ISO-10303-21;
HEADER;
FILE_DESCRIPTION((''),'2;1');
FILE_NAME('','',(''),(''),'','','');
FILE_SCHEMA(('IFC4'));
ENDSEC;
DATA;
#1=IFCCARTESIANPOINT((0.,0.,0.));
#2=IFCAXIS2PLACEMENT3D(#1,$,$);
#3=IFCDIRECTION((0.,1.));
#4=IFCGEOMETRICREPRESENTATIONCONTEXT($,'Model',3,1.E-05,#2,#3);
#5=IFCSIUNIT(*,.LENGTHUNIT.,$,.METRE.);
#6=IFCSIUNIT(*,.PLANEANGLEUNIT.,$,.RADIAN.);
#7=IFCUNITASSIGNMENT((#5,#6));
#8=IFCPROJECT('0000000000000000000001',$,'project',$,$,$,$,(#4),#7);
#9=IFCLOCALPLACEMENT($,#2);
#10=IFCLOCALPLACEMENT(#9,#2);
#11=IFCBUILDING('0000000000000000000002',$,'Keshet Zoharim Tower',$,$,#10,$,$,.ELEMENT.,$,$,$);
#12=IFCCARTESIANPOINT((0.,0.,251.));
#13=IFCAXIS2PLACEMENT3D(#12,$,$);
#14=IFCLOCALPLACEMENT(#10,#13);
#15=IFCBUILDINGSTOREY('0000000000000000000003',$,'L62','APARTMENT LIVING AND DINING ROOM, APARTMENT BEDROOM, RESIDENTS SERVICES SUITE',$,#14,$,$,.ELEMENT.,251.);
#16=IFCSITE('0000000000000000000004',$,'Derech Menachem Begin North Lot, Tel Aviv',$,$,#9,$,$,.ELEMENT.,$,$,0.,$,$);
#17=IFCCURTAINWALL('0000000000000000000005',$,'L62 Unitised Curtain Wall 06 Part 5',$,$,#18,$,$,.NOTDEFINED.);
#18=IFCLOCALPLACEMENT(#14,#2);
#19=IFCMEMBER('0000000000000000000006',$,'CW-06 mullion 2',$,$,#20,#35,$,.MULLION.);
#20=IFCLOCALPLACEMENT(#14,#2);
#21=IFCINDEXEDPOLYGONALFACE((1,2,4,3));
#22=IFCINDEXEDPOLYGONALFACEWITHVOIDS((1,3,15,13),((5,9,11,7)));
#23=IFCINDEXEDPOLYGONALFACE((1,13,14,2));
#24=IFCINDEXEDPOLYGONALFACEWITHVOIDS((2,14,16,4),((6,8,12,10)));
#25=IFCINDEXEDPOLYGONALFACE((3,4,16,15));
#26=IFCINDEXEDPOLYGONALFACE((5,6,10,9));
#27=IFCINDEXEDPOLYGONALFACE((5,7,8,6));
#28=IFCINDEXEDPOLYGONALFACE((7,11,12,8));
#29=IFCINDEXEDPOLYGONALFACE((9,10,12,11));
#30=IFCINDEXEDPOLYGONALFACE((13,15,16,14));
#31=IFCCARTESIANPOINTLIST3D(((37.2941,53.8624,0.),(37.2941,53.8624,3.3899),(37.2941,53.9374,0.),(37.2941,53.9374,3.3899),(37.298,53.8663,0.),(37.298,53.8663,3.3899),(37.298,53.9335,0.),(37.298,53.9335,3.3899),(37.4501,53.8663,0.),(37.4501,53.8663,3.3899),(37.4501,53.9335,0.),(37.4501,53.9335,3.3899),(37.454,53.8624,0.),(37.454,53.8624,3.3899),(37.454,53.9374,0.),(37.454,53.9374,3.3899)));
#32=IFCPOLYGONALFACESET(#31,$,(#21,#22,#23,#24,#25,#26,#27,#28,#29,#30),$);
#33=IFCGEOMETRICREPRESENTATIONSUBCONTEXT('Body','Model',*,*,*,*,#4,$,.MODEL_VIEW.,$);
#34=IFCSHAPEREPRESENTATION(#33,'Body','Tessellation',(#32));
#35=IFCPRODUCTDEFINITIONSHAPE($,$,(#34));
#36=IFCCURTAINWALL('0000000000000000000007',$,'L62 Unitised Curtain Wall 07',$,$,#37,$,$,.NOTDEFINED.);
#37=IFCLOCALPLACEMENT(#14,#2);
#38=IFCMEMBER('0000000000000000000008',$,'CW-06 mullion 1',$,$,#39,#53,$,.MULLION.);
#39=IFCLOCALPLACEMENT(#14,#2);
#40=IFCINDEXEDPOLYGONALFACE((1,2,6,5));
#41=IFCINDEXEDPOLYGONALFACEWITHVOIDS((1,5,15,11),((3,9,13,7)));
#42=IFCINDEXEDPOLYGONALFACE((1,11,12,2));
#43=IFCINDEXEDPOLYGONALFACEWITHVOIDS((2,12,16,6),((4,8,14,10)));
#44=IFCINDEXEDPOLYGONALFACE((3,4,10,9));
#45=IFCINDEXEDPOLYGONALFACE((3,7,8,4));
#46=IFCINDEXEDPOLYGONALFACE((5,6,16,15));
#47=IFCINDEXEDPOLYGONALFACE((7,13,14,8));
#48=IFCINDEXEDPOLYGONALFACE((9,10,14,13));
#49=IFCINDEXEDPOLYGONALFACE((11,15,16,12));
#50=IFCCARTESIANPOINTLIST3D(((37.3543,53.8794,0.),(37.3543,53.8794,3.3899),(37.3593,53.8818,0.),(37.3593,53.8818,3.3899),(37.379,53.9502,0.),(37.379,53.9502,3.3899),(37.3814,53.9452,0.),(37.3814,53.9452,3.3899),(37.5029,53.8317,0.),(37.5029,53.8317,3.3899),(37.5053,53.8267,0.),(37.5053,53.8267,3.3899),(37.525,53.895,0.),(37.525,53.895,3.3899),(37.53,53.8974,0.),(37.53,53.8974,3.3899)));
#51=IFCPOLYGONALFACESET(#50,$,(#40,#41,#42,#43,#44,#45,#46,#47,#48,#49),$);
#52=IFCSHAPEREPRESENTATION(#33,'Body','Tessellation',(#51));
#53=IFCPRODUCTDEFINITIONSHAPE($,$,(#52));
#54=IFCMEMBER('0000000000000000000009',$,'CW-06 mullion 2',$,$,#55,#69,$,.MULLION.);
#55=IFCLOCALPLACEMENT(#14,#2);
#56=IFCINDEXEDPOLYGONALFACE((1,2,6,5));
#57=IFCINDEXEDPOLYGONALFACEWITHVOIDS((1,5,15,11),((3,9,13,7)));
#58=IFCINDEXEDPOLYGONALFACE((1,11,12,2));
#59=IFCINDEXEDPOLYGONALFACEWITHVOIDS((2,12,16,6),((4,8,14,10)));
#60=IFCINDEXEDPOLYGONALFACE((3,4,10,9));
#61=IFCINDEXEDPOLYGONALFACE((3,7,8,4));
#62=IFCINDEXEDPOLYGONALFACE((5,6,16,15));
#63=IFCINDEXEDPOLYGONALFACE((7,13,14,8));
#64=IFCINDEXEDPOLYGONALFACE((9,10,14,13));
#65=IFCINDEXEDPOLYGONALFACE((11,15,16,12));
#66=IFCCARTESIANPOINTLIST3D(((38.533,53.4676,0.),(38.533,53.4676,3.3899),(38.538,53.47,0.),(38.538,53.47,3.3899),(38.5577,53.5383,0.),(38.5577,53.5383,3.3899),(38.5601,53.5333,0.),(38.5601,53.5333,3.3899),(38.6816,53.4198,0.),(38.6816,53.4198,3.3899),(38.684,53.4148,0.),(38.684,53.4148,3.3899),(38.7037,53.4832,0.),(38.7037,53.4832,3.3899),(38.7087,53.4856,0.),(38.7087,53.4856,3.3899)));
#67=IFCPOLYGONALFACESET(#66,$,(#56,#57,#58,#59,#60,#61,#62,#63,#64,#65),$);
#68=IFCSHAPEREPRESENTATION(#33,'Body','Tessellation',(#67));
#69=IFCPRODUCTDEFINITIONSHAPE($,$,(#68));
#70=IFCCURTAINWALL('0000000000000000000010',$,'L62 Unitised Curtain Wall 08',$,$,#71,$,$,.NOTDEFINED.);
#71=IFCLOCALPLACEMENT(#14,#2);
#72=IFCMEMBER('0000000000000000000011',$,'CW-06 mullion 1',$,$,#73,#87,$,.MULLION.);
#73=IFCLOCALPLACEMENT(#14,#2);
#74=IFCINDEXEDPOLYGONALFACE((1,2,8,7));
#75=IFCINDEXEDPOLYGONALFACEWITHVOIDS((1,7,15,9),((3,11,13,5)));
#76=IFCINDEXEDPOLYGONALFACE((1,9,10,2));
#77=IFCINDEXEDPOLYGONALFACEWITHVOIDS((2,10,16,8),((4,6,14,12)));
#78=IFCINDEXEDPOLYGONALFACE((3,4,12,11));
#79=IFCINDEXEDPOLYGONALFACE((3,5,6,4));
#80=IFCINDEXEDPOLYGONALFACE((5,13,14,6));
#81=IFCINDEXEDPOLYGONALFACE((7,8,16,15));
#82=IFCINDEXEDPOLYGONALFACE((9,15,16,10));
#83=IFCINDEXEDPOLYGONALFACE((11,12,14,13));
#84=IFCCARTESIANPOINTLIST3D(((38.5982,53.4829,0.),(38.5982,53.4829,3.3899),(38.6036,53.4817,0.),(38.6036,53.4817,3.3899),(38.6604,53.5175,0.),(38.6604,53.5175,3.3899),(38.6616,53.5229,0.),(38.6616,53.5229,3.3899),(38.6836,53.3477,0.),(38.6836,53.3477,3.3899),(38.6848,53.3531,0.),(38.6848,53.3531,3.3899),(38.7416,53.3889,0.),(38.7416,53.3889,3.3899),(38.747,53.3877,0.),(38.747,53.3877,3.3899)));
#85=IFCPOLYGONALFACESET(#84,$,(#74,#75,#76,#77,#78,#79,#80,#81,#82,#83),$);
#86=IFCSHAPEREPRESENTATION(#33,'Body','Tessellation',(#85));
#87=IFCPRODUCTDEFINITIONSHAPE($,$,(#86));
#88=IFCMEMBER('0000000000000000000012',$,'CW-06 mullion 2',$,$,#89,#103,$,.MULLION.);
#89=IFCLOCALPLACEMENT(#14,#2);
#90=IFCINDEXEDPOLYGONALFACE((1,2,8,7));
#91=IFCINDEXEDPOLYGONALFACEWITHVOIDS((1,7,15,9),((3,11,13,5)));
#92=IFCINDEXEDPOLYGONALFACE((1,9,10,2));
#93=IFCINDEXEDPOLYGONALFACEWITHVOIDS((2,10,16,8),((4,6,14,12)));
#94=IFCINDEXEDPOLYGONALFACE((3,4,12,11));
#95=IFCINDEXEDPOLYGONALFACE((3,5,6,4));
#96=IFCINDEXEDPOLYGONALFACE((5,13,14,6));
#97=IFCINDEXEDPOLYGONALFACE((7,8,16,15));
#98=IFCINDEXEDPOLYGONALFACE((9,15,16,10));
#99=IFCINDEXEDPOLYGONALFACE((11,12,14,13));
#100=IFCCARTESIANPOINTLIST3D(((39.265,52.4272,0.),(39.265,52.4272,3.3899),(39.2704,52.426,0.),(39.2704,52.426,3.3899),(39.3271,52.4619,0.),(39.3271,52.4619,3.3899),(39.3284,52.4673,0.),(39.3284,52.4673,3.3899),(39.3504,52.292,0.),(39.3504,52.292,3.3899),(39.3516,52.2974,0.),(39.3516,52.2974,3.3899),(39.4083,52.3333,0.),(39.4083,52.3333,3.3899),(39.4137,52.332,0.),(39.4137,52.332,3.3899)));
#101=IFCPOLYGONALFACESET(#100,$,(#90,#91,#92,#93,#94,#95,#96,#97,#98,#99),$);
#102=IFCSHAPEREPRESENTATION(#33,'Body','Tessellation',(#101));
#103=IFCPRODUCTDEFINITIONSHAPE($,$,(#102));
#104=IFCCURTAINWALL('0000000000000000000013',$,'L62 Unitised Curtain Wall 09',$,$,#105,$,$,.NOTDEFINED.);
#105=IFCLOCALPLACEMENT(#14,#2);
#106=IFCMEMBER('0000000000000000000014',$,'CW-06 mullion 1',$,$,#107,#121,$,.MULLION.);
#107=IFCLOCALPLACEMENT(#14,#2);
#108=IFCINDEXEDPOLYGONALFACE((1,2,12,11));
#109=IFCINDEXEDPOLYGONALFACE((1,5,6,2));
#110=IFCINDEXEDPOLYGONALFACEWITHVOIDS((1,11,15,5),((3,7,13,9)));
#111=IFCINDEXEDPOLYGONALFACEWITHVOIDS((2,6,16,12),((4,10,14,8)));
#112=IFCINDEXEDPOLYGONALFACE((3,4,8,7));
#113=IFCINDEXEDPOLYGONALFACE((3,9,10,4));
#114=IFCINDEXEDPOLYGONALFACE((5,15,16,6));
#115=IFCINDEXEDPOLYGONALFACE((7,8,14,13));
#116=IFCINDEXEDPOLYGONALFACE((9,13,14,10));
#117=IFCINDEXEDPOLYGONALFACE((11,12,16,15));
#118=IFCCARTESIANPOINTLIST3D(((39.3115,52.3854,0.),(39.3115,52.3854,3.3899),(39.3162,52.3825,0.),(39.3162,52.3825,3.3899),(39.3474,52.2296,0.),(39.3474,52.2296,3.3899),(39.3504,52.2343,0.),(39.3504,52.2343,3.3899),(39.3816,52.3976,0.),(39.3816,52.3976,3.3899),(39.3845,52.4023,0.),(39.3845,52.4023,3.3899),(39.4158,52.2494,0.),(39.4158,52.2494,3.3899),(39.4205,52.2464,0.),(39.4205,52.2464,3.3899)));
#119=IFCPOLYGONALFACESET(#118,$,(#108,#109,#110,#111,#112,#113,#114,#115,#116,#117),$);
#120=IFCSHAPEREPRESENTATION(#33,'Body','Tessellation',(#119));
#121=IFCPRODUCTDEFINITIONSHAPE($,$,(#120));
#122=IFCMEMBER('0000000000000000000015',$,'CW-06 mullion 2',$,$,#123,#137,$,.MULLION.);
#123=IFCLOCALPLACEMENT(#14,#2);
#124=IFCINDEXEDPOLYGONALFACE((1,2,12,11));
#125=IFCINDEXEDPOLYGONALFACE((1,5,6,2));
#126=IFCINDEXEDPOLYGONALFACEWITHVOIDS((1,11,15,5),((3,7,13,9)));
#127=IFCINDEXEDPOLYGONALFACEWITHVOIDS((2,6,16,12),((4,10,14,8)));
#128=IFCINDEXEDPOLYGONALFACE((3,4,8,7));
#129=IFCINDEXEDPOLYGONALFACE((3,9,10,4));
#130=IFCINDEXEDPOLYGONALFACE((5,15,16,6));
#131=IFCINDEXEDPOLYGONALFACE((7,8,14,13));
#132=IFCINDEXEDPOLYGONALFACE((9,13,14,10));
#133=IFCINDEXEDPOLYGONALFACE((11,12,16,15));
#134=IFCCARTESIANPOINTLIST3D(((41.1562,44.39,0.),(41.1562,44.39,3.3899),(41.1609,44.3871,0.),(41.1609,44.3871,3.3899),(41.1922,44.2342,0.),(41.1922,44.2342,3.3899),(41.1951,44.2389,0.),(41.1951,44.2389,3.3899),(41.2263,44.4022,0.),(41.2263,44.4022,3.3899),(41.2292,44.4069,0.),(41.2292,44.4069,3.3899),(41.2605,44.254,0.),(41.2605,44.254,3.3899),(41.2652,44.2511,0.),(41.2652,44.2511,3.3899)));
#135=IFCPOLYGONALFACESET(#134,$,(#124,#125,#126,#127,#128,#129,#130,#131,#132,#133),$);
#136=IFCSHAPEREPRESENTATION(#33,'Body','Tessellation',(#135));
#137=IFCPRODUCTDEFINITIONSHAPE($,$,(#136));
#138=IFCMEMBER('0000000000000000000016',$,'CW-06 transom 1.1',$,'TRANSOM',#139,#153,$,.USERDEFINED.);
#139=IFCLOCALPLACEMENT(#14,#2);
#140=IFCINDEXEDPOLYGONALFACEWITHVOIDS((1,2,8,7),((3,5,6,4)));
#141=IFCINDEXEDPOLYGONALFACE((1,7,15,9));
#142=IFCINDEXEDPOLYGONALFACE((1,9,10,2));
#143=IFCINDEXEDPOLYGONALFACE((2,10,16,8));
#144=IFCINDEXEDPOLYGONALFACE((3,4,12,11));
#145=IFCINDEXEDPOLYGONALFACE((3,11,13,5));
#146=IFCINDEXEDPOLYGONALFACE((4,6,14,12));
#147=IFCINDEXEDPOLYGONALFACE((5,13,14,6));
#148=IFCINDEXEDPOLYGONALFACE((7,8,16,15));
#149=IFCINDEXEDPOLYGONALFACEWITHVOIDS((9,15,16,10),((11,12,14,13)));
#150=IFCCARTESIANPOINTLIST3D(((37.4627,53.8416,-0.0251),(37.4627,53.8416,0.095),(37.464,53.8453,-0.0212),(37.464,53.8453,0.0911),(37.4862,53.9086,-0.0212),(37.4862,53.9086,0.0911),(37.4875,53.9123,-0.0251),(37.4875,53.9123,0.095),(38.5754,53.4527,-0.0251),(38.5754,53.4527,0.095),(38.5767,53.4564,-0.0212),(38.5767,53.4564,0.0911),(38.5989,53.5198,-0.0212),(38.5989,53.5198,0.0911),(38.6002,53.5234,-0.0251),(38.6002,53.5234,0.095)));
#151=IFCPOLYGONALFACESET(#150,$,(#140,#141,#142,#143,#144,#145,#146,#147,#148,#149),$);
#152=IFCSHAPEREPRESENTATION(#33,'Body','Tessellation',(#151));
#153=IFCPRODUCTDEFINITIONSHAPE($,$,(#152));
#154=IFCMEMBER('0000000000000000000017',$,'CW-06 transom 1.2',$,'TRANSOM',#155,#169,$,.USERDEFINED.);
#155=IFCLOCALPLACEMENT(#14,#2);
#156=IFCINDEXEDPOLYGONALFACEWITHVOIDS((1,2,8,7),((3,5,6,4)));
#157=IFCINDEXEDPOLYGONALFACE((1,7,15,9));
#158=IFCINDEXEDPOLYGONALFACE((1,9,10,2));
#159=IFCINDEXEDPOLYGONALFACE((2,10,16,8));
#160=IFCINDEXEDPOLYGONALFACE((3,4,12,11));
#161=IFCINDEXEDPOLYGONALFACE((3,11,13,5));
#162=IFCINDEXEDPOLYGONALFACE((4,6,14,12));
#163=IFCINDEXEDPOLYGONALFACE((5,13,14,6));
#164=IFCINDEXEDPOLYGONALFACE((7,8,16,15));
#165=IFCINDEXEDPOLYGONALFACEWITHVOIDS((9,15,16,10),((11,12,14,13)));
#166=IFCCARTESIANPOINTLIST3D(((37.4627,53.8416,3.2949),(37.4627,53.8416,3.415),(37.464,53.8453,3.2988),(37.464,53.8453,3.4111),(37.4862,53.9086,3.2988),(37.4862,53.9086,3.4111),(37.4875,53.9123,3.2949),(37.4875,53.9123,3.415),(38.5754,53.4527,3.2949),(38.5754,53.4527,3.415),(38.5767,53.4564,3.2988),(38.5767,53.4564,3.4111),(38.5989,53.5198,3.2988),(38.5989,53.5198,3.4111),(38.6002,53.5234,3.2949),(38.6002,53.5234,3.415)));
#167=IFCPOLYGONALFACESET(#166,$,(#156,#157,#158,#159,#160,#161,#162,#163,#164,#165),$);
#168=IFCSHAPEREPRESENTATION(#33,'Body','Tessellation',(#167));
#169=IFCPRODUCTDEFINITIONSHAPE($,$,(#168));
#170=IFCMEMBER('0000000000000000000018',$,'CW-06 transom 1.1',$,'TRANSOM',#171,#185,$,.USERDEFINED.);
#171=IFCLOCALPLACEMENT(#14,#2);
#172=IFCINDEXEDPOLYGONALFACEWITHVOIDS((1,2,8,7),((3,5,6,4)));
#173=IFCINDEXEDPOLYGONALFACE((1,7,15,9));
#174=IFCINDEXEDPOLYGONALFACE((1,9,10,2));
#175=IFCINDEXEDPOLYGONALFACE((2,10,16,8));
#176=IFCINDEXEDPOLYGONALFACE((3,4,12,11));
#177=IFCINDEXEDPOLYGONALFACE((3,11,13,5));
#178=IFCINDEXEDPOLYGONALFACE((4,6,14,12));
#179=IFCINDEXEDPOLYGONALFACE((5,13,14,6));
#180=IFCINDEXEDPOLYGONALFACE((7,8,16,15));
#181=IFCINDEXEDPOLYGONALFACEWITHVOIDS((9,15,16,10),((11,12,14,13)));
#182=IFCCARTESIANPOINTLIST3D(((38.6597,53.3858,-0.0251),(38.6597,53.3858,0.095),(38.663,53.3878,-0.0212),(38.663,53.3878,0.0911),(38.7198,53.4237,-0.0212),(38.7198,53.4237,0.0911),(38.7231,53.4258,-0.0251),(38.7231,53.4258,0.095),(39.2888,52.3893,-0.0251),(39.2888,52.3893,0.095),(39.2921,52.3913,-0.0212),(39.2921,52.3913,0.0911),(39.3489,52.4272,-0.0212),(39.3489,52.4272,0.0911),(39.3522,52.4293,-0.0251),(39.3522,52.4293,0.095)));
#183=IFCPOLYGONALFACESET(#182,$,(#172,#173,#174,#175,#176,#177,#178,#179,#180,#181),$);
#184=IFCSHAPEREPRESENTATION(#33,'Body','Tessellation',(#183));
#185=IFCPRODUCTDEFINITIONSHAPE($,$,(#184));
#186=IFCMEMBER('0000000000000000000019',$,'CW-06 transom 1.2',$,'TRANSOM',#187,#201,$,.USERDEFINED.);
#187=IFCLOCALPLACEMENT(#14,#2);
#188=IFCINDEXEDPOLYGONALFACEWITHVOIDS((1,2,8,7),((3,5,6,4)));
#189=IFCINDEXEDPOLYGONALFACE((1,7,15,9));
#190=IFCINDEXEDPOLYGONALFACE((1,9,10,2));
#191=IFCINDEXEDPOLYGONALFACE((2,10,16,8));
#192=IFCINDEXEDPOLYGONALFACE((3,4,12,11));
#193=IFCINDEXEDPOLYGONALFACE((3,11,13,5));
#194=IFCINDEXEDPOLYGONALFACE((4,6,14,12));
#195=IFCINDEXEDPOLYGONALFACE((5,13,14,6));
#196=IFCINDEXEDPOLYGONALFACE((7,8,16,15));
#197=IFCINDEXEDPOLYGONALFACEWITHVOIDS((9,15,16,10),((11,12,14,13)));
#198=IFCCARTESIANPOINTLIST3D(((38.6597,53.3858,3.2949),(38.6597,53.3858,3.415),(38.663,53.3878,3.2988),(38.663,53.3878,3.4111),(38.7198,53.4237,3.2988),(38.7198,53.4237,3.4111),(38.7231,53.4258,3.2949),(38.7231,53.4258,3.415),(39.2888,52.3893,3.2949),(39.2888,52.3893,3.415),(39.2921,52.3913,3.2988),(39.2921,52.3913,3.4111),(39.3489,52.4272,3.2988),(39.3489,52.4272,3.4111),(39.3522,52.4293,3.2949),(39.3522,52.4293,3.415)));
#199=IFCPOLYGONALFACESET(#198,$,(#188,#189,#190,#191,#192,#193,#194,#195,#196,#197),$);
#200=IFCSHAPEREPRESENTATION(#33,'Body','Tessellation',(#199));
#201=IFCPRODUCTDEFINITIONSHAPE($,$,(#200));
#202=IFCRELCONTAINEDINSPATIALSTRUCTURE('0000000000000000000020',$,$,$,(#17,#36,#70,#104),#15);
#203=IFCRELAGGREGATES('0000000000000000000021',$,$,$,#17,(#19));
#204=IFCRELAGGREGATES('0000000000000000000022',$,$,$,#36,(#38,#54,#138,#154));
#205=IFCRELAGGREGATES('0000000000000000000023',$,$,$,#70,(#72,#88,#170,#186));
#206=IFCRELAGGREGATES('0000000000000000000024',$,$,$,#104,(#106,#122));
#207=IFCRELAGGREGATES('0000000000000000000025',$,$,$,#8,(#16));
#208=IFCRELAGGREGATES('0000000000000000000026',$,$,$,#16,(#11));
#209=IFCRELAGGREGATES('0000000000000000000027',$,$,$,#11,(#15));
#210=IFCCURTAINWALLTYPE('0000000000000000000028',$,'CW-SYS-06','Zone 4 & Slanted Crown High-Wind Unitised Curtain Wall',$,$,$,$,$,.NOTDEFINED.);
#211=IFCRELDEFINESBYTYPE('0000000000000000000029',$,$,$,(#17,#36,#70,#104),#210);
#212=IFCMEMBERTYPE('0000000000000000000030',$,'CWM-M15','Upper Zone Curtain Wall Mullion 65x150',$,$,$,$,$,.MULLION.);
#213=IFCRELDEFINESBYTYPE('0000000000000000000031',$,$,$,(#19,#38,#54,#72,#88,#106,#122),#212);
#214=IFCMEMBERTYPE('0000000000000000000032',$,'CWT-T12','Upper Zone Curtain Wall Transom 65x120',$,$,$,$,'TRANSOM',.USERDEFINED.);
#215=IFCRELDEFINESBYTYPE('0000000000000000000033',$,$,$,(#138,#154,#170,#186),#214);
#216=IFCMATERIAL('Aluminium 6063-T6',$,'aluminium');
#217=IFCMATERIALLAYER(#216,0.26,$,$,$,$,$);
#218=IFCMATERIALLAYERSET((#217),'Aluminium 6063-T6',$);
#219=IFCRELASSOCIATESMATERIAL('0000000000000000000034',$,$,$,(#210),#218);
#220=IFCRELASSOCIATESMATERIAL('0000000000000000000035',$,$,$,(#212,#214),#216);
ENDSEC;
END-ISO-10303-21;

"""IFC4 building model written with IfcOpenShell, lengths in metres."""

from ifc_helpers import new_model, si_unit, direction, frame, origin, origin_2d, place, context, subcontext, project, spatial, hollow_rectangle, extrude, material, layer, layer_set, material_profile, profile_set, type_object, element, aggregate, save


model = new_model("IFC4")

# Units and contexts
model_context = context("Model", 3, precision=1e-05, world=origin(), true_north=direction((0.0, 1.0)))
body_context = subcontext(model_context, "Body", "Model", "MODEL_VIEW")
ifc_project = project(units=[si_unit("LENGTHUNIT", "METRE"), si_unit("PLANEANGLEUNIT", "RADIAN")], contexts=[model_context])

# Site, building, storey
site_placement = place(None, origin())
site = spatial("IfcSite", under=ifc_project, at=site_placement, Name="Derech Menachem Begin North Lot, Tel Aviv", CompositionType="ELEMENT", RefElevation=0.0)
building_placement = place(site_placement, origin())
building = spatial("IfcBuilding", under=site, at=building_placement, Name="Keshet Zoharim Tower", CompositionType="ELEMENT")
storey_placement = place(building_placement, frame((0.0, 0.0, 251.0)))
storey = spatial("IfcBuildingStorey", under=building, at=storey_placement, Name="L62", Description="APARTMENT LIVING AND DINING ROOM, APARTMENT BEDROOM, RESIDENTS SERVICES SUITE", CompositionType="ELEMENT", Elevation=251.0)

# Curtain wall, member
ifc_material_1 = material(Name="Aluminium 6063-T6", Category="aluminium")
ifc_layer_1 = layer(ifc_material_1, 0.26)
ifc_layer_set_1 = layer_set([ifc_layer_1], Name="Aluminium 6063-T6")
curtain_wall_type = type_object("IfcCurtainWallType", Name="CW-SYS-06", Description="Zone 4 & Slanted Crown High-Wind Unitised Curtain Wall", PredefinedType="NOTDEFINED", material=ifc_layer_set_1)
curtain_wall_1_placement = place(storey_placement, origin())
curtain_wall_1 = element("IfcCurtainWall", 1, at=curtain_wall_1_placement, inside=storey, type_object=curtain_wall_type, Name="L62 Unitised Curtain Wall 06 Part 5", PredefinedType="NOTDEFINED")
ifc_material_profile_1 = material_profile(ifc_material_1, hollow_rectangle(XDim=0.075, YDim=0.1599, WallThickness=0.0039, at=origin_2d()), Name="MUL-75x160")
ifc_profile_set_1 = profile_set([ifc_material_profile_1], Name="Aluminium 6063-T6")
member_type_1 = type_object("IfcMemberType", Name="CWM-M15", Description="Upper Zone Curtain Wall Mullion 65x150", PredefinedType="MULLION", material=ifc_profile_set_1)
member_1_placement = place(storey_placement, frame((37.374, 53.8999, 0.0), z_axis=(0.0, 0.0, 1.0), x_axis=(0.0, 1.0, 0.0)))
member_1 = element("IfcMember", 2, at=member_1_placement, type_object=member_type_1, Name="CW-06 mullion 2", PredefinedType="MULLION", context=body_context, shape_type="SweptSolid", body=[
    extrude(hollow_rectangle(XDim=0.075, YDim=0.1599, WallThickness=0.0039, at=origin_2d()), origin(), (0.0, 0.0, 1.0), 3.3899),
])
aggregate(curtain_wall_1, [member_1])

# Curtain walls, members
curtain_wall_2_placement = place(storey_placement, origin())
curtain_wall_2 = element("IfcCurtainWall", 3, at=curtain_wall_2_placement, inside=storey, type_object=curtain_wall_type, Name="L62 Unitised Curtain Wall 07", PredefinedType="NOTDEFINED")
member_2_placement = place(storey_placement, frame((37.4421, 53.8884, 0.0), z_axis=(0.0, 0.0, 1.0), x_axis=(0.329844, 0.944036, 0.0)))
member_2 = element("IfcMember", 4, at=member_2_placement, type_object=member_type_1, Name="CW-06 mullion 1", PredefinedType="MULLION", context=body_context, shape_type="SweptSolid", body=[
    extrude(hollow_rectangle(XDim=0.075, YDim=0.1599, WallThickness=0.0039, at=origin_2d()), origin(), (0.0, 0.0, 1.0), 3.3899),
])
member_3_placement = place(storey_placement, frame((38.6208, 53.4766, 0.0), z_axis=(0.0, 0.0, 1.0), x_axis=(0.329844, 0.944036, 0.0)))
member_3 = element("IfcMember", 5, at=member_3_placement, type_object=member_type_1, Name="CW-06 mullion 2", PredefinedType="MULLION", context=body_context, shape_type="SweptSolid", body=[
    extrude(hollow_rectangle(XDim=0.075, YDim=0.1599, WallThickness=0.0039, at=origin_2d()), origin(), (0.0, 0.0, 1.0), 3.3899),
])
curtain_wall_3_placement = place(storey_placement, origin())
curtain_wall_3 = element("IfcCurtainWall", 6, at=curtain_wall_3_placement, inside=storey, type_object=curtain_wall_type, Name="L62 Unitised Curtain Wall 08", PredefinedType="NOTDEFINED")
member_4_placement = place(storey_placement, frame((38.6726, 53.4353, 0.0), z_axis=(0.0, 0.0, 1.0), x_axis=(0.845561, 0.533879, 0.0)))
member_4 = element("IfcMember", 7, at=member_4_placement, type_object=member_type_1, Name="CW-06 mullion 1", PredefinedType="MULLION", context=body_context, shape_type="SweptSolid", body=[
    extrude(hollow_rectangle(XDim=0.075, YDim=0.1599, WallThickness=0.0039, at=origin_2d()), origin(), (0.0, 0.0, 1.0), 3.3899),
])
member_5_placement = place(storey_placement, frame((39.3394, 52.3796, 0.0), z_axis=(0.0, 0.0, 1.0), x_axis=(0.845561, 0.533879, 0.0)))
member_5 = element("IfcMember", 8, at=member_5_placement, type_object=member_type_1, Name="CW-06 mullion 2", PredefinedType="MULLION", context=body_context, shape_type="SweptSolid", body=[
    extrude(hollow_rectangle(XDim=0.075, YDim=0.1599, WallThickness=0.0039, at=origin_2d()), origin(), (0.0, 0.0, 1.0), 3.3899),
])
curtain_wall_4_placement = place(storey_placement, origin())
curtain_wall_4 = element("IfcCurtainWall", 9, at=curtain_wall_4_placement, inside=storey, type_object=curtain_wall_type, Name="L62 Unitised Curtain Wall 09", PredefinedType="NOTDEFINED")
member_6_placement = place(storey_placement, frame((39.366, 52.3159, 0.0), z_axis=(0.0, 0.0, 1.0), x_axis=(0.974398, 0.22483, 0.0)))
member_6 = element("IfcMember", 10, at=member_6_placement, type_object=member_type_1, Name="CW-06 mullion 1", PredefinedType="MULLION", context=body_context, shape_type="SweptSolid", body=[
    extrude(hollow_rectangle(XDim=0.075, YDim=0.1599, WallThickness=0.0039, at=origin_2d()), origin(), (0.0, 0.0, 1.0), 3.3899),
])
member_7_placement = place(storey_placement, frame((41.2107, 44.3206, 0.0), z_axis=(0.0, 0.0, 1.0), x_axis=(0.974398, 0.22483, 0.0)))
member_7 = element("IfcMember", 11, at=member_7_placement, type_object=member_type_1, Name="CW-06 mullion 2", PredefinedType="MULLION", context=body_context, shape_type="SweptSolid", body=[
    extrude(hollow_rectangle(XDim=0.075, YDim=0.1599, WallThickness=0.0039, at=origin_2d()), origin(), (0.0, 0.0, 1.0), 3.3899),
])

# Members
ifc_material_profile_2 = material_profile(ifc_material_1, hollow_rectangle(XDim=0.075, YDim=0.1201, WallThickness=0.0039, at=origin_2d()), Name="TRN-75x120")
ifc_profile_set_2 = profile_set([ifc_material_profile_2], Name="Aluminium 6063-T6")
member_type_2 = type_object("IfcMemberType", Name="CWT-T12", Description="Upper Zone Curtain Wall Transom 65x120", ElementType="TRANSOM", PredefinedType="USERDEFINED", material=ifc_profile_set_2)
member_8_placement = place(storey_placement, frame((37.4751, 53.877, 0.0349), z_axis=(0.944007, -0.329926, 0.0), x_axis=(0.329926, 0.944007, 0.0)))
member_8 = element("IfcMember", 12, at=member_8_placement, type_object=member_type_2, Name="CW-06 transom 1.1", ObjectType="TRANSOM", PredefinedType="USERDEFINED", context=body_context, shape_type="SweptSolid", body=[
    extrude(hollow_rectangle(XDim=0.075, YDim=0.1201, WallThickness=0.0039, at=origin_2d()), origin(), (0.0, 0.0, 1.0), 1.1787),
])
member_9_placement = place(storey_placement, frame((37.4751, 53.877, 3.355), z_axis=(0.944007, -0.329926, 0.0), x_axis=(0.329926, 0.944007, 0.0)))
member_9 = element("IfcMember", 13, at=member_9_placement, type_object=member_type_2, Name="CW-06 transom 1.2", ObjectType="TRANSOM", PredefinedType="USERDEFINED", context=body_context, shape_type="SweptSolid", body=[
    extrude(hollow_rectangle(XDim=0.075, YDim=0.1201, WallThickness=0.0039, at=origin_2d()), origin(), (0.0, 0.0, 1.0), 1.1787),
])
member_10_placement = place(storey_placement, frame((38.6914, 53.4058, 0.0349), z_axis=(0.533829, -0.845592, 0.0), x_axis=(0.845592, 0.533829, 0.0)))
member_10 = element("IfcMember", 14, at=member_10_placement, type_object=member_type_2, Name="CW-06 transom 1.1", ObjectType="TRANSOM", PredefinedType="USERDEFINED", context=body_context, shape_type="SweptSolid", body=[
    extrude(hollow_rectangle(XDim=0.075, YDim=0.1201, WallThickness=0.0039, at=origin_2d()), origin(), (0.0, 0.0, 1.0), 1.1785),
])
member_11_placement = place(storey_placement, frame((38.6914, 53.4058, 3.355), z_axis=(0.533829, -0.845592, 0.0), x_axis=(0.845592, 0.533829, 0.0)))
member_11 = element("IfcMember", 15, at=member_11_placement, type_object=member_type_2, Name="CW-06 transom 1.2", ObjectType="TRANSOM", PredefinedType="USERDEFINED", context=body_context, shape_type="SweptSolid", body=[
    extrude(hollow_rectangle(XDim=0.075, YDim=0.1201, WallThickness=0.0039, at=origin_2d()), origin(), (0.0, 0.0, 1.0), 1.1785),
])

aggregate(curtain_wall_2, [member_2, member_3, member_8, member_9])
aggregate(curtain_wall_3, [member_4, member_5, member_10, member_11])
aggregate(curtain_wall_4, [member_6, member_7])

save(model, "model.ifc")
